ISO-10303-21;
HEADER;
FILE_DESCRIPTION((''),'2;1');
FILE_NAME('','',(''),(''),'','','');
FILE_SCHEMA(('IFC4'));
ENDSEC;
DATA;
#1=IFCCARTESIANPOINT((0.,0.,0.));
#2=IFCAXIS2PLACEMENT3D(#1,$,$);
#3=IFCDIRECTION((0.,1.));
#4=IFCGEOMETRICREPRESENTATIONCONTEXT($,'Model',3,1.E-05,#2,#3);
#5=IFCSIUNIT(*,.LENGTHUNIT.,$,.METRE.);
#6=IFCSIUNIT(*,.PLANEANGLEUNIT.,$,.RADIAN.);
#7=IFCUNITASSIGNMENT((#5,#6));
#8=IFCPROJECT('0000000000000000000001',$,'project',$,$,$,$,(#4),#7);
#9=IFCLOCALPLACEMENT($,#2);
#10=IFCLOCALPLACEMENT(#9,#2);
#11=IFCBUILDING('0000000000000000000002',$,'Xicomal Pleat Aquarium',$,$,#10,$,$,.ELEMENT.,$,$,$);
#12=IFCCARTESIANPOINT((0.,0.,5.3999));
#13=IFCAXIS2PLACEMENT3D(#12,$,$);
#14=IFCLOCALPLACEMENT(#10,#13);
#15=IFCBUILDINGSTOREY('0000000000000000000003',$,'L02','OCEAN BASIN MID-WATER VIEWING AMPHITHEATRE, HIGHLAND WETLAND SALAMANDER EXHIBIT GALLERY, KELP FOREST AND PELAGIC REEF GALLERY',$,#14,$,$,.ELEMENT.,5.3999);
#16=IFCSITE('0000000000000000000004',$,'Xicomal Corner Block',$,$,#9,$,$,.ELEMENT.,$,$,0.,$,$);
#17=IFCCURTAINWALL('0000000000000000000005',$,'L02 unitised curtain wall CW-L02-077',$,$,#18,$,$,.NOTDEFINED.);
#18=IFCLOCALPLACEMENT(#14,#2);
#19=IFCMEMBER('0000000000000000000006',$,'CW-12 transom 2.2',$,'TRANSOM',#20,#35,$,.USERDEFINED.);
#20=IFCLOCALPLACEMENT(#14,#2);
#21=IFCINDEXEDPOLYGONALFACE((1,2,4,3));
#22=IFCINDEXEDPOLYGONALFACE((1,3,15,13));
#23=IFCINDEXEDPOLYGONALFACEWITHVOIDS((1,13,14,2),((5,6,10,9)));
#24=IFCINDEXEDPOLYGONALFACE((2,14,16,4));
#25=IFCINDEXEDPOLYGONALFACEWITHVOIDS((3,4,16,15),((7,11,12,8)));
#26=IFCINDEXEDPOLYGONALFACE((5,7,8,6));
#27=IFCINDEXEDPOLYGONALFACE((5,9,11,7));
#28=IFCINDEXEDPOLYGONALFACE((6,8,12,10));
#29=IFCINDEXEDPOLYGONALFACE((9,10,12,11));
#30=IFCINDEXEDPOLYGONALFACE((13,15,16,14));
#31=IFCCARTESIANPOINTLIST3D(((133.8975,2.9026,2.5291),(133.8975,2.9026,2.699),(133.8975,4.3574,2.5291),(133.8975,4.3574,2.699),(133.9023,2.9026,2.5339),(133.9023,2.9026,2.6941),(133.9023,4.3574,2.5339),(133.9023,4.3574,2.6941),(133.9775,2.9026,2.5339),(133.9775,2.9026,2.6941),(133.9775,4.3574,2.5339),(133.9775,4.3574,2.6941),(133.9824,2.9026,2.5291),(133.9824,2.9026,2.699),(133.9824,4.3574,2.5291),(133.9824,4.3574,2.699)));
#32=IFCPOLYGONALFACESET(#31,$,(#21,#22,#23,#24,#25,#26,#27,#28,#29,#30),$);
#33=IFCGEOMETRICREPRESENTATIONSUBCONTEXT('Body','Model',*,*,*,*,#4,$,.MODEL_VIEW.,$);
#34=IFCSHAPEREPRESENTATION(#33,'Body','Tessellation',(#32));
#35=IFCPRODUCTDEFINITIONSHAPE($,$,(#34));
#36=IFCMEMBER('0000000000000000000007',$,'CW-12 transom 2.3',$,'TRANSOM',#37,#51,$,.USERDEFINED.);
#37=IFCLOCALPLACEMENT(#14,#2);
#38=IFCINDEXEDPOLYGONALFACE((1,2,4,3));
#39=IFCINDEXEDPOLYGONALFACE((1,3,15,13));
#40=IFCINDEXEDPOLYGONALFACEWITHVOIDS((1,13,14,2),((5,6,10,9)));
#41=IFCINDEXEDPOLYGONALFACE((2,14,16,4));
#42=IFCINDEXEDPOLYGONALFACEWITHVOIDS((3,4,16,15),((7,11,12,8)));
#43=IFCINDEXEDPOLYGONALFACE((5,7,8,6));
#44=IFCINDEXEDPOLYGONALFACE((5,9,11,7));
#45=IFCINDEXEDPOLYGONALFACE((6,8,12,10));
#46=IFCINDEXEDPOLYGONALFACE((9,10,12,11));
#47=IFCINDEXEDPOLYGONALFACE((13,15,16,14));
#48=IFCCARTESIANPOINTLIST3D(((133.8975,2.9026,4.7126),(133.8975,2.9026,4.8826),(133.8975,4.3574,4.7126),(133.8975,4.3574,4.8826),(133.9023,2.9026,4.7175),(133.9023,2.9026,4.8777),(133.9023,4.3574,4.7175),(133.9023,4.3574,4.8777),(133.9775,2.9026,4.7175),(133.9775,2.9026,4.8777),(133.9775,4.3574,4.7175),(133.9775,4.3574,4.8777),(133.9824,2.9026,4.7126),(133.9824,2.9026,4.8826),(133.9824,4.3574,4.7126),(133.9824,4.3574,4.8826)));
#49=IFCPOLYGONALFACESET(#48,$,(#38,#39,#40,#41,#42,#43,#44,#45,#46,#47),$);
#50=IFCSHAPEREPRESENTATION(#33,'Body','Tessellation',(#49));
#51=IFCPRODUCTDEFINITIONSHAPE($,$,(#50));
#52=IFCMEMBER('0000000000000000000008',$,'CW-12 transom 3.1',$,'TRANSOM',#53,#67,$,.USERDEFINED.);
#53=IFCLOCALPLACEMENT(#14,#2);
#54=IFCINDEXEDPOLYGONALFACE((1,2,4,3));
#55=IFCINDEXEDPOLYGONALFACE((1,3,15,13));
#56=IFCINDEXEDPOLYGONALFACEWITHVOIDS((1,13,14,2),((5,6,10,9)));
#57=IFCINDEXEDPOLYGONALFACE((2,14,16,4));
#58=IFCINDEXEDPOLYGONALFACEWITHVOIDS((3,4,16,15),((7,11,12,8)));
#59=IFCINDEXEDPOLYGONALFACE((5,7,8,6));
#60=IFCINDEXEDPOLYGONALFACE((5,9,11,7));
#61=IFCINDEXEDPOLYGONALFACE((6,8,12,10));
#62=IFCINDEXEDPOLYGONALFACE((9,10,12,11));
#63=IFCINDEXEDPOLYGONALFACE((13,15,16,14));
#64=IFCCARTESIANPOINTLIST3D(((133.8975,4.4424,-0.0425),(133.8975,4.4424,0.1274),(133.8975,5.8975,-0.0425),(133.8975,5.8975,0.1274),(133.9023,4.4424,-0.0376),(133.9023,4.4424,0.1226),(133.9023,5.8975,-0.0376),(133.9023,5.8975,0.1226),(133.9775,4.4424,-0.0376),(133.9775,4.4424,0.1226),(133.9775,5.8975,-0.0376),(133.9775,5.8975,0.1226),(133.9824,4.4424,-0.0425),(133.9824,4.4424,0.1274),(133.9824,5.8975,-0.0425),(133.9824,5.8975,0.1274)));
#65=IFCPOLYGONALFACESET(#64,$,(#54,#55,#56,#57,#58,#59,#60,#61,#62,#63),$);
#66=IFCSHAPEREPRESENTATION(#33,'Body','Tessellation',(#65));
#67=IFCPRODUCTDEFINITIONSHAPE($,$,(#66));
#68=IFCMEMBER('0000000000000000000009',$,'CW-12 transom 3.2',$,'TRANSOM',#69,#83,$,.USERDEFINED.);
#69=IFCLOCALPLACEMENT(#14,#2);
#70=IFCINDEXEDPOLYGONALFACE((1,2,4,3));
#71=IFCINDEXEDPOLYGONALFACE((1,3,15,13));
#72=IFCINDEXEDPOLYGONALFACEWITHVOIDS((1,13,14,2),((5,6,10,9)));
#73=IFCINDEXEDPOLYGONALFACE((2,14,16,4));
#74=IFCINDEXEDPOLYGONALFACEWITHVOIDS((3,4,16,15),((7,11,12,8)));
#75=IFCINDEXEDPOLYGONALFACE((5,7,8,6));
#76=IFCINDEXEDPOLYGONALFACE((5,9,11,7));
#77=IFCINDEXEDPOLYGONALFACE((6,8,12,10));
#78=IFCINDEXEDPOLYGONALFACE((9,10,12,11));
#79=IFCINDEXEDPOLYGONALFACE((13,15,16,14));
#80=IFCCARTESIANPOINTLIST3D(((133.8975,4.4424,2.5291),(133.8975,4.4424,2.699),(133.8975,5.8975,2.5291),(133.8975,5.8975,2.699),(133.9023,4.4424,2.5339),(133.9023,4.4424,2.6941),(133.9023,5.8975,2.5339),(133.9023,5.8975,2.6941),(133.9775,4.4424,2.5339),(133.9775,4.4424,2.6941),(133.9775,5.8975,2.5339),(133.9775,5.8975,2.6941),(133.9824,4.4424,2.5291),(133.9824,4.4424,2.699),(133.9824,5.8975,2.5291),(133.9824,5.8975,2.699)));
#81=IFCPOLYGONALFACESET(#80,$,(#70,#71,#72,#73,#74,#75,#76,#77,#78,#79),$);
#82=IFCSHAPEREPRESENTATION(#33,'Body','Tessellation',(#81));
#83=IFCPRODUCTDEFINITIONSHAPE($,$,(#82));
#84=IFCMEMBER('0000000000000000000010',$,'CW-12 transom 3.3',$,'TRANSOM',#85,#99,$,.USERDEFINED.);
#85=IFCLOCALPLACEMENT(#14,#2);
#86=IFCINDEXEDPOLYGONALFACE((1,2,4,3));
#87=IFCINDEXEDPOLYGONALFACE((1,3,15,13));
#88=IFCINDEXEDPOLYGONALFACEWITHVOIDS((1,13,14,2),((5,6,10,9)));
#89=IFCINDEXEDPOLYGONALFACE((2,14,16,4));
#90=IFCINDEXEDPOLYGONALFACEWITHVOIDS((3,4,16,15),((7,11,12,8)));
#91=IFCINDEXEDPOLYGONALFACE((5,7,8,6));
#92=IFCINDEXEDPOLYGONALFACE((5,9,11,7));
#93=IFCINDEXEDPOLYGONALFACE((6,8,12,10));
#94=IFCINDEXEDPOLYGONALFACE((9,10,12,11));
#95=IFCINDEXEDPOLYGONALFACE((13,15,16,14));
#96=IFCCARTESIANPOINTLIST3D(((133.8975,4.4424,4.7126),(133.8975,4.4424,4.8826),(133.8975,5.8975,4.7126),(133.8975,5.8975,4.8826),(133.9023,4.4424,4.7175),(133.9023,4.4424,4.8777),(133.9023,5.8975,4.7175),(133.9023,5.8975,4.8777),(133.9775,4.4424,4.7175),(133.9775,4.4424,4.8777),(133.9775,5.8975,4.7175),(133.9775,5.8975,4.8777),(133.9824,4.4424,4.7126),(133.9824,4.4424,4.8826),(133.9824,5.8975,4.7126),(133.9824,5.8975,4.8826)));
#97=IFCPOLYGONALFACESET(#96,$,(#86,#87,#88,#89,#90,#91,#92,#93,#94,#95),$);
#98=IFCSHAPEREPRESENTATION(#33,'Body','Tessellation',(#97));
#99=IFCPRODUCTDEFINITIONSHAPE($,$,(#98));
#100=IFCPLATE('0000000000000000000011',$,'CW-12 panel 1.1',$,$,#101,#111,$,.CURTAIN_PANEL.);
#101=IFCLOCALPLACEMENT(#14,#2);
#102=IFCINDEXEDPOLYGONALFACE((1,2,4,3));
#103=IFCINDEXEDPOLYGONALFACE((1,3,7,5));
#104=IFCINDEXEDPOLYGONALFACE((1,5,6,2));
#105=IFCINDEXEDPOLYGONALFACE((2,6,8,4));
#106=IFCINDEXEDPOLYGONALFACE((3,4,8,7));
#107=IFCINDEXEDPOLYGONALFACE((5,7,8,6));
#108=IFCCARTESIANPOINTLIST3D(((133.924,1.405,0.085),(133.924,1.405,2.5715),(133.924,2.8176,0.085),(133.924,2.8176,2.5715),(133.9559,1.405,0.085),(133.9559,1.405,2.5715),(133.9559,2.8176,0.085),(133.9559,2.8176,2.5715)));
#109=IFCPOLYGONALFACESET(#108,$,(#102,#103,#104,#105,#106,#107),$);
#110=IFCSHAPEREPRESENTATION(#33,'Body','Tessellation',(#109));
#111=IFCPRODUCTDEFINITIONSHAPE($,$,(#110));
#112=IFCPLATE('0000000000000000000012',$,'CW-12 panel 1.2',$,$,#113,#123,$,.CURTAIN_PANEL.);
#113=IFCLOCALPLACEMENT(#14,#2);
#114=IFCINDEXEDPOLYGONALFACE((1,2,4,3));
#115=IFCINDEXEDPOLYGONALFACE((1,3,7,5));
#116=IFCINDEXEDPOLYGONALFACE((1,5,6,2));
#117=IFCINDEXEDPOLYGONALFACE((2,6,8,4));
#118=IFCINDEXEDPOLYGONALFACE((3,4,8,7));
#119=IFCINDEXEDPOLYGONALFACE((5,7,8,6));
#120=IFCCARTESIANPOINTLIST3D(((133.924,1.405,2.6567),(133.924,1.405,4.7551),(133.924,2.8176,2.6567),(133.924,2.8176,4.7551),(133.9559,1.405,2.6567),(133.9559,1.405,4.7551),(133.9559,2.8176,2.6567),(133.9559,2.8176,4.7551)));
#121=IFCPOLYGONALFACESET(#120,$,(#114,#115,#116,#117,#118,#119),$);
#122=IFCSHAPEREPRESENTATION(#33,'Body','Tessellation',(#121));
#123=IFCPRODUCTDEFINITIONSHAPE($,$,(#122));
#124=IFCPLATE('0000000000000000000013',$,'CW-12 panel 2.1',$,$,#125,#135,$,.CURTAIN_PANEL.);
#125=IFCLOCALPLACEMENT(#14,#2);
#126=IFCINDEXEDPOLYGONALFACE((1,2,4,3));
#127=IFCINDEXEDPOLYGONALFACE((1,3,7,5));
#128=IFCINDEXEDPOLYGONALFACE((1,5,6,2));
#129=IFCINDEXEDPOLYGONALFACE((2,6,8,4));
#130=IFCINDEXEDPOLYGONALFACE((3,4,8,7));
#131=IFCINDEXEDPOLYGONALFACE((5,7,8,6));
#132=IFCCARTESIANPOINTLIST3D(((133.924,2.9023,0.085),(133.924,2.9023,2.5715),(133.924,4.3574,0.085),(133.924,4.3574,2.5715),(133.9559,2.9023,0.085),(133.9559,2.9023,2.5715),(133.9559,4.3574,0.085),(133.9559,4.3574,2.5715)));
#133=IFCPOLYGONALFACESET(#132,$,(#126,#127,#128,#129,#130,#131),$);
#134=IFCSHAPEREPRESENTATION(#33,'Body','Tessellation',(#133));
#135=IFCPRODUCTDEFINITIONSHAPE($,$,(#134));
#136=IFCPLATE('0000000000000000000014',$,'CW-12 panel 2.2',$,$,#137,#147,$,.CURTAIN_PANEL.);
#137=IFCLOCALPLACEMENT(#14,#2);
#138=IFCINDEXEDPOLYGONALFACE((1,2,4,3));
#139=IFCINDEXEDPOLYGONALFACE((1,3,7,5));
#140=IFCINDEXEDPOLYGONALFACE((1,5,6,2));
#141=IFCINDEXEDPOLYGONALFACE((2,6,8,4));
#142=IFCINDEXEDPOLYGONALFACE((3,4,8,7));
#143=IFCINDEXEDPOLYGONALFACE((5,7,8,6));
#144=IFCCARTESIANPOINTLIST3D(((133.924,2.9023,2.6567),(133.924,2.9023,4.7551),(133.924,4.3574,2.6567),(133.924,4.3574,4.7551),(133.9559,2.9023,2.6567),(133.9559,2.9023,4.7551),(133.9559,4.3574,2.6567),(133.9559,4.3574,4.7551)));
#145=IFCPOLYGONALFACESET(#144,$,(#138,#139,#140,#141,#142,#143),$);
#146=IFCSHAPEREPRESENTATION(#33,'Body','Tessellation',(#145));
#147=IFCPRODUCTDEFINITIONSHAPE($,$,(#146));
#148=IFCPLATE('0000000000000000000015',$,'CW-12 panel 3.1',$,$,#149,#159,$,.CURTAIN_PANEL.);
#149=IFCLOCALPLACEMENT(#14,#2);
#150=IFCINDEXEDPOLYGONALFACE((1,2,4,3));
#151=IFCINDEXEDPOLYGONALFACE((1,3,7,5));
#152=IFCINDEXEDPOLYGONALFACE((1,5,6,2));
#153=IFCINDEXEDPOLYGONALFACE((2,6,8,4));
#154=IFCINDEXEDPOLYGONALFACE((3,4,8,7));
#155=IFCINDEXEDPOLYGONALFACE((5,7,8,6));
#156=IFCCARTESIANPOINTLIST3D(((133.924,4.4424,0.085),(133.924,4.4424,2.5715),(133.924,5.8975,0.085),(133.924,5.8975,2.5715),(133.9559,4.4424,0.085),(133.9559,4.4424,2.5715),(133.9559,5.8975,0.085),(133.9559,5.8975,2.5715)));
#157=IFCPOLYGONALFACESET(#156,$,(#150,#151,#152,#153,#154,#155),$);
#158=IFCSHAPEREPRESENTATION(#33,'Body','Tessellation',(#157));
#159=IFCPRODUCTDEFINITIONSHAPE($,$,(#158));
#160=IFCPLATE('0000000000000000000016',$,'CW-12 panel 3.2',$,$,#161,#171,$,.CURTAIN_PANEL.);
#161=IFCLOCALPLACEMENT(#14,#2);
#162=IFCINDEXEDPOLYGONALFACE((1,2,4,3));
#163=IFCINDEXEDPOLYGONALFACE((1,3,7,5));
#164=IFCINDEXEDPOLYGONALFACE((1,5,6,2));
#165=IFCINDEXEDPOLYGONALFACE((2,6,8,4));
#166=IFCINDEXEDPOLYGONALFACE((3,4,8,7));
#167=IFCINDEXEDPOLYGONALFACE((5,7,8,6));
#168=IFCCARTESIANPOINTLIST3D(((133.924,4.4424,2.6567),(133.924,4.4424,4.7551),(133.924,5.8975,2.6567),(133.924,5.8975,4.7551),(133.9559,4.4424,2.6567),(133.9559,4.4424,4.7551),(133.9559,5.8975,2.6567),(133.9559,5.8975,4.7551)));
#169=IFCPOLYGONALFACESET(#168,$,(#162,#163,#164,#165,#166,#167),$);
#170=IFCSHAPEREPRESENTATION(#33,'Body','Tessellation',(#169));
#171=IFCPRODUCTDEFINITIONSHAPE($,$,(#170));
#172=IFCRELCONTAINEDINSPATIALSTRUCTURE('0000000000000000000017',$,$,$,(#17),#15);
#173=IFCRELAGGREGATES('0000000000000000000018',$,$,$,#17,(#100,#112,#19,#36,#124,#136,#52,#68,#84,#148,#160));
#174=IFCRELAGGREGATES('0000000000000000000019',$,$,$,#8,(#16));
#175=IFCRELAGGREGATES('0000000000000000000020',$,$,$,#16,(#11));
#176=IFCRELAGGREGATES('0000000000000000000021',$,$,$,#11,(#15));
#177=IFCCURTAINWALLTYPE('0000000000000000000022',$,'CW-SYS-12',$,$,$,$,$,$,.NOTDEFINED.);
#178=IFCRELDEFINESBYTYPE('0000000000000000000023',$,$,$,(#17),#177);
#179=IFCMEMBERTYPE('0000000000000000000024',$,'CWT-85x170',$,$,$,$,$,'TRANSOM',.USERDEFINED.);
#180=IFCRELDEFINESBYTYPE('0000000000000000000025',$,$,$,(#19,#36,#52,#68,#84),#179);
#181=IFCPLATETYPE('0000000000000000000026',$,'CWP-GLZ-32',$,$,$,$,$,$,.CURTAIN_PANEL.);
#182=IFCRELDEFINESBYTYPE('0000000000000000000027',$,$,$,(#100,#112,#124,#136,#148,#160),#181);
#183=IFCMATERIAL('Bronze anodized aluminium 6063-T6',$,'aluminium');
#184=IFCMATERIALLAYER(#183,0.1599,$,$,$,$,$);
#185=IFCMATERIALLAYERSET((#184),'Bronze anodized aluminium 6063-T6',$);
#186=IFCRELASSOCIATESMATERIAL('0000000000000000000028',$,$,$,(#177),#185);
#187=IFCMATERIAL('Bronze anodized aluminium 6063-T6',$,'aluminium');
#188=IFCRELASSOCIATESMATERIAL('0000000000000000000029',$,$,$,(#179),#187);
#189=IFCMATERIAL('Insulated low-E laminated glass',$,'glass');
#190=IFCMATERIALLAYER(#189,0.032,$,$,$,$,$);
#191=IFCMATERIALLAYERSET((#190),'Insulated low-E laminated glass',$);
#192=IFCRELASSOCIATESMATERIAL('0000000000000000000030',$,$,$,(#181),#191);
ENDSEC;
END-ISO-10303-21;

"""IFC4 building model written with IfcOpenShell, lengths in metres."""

from ifc_helpers import new_model, si_unit, direction, frame, origin, origin_2d, place, context, subcontext, project, spatial, rectangle, hollow_rectangle, extrude, material, layer, layer_set, material_profile, profile_set, type_object, element, aggregate, save


model = new_model("IFC4")

# Units and contexts
model_context = context("Model", 3, precision=1e-05, world=origin(), true_north=direction((0.0, 1.0)))
body_context = subcontext(model_context, "Body", "Model", "MODEL_VIEW")
ifc_project = project(units=[si_unit("LENGTHUNIT", "METRE"), si_unit("PLANEANGLEUNIT", "RADIAN")], contexts=[model_context])

# Site, building, storey
site_placement = place(None, origin())
site = spatial("IfcSite", under=ifc_project, at=site_placement, Name="Xicomal Corner Block", CompositionType="ELEMENT", RefElevation=0.0)
building_placement = place(site_placement, origin())
building = spatial("IfcBuilding", under=site, at=building_placement, Name="Xicomal Pleat Aquarium", CompositionType="ELEMENT")
storey_placement = place(building_placement, frame((0.0, 0.0, 5.3999)))
storey = spatial("IfcBuildingStorey", under=building, at=storey_placement, Name="L02", Description="OCEAN BASIN MID-WATER VIEWING AMPHITHEATRE, HIGHLAND WETLAND SALAMANDER EXHIBIT GALLERY, KELP FOREST AND PELAGIC REEF GALLERY", CompositionType="ELEMENT", Elevation=5.3999)

# Curtain wall, members, plates
ifc_material_1 = material(Name="Bronze anodized aluminium 6063-T6", Category="aluminium")
ifc_layer_1 = layer(ifc_material_1, 0.1599)
ifc_layer_set_1 = layer_set([ifc_layer_1], Name="Bronze anodized aluminium 6063-T6")
curtain_wall_type = type_object("IfcCurtainWallType", Name="CW-SYS-12", PredefinedType="NOTDEFINED", material=ifc_layer_set_1)
curtain_wall_placement = place(storey_placement, origin())
curtain_wall = element("IfcCurtainWall", 1, at=curtain_wall_placement, inside=storey, type_object=curtain_wall_type, Name="L02 unitised curtain wall CW-L02-077", PredefinedType="NOTDEFINED")
ifc_material_2 = material(Name="Bronze anodized aluminium 6063-T6", Category="aluminium")
ifc_material_profile_1 = material_profile(ifc_material_2, hollow_rectangle(XDim=0.085, YDim=0.1699, WallThickness=0.0049, at=origin_2d()), Name="ALU TRAN 85x170")
ifc_profile_set_1 = profile_set([ifc_material_profile_1], Name="Bronze anodized aluminium 6063-T6")
member_type_1 = type_object("IfcMemberType", Name="CWT-85x170", ElementType="TRANSOM", PredefinedType="USERDEFINED", material=ifc_profile_set_1)
member_1_placement = place(storey_placement, frame((133.9399, 2.9026, 2.614), z_axis=(0.0, 1.0, 0.0), x_axis=(-1.0, 0.0, 0.0)))
member_1 = element("IfcMember", 2, at=member_1_placement, type_object=member_type_1, Name="CW-12 transom 2.2", ObjectType="TRANSOM", PredefinedType="USERDEFINED", context=body_context, shape_type="SweptSolid", body=[
    extrude(hollow_rectangle(XDim=0.085, YDim=0.1699, WallThickness=0.0049, at=origin_2d()), origin(), (0.0, 0.0, 1.0), 1.4548),
])
member_2_placement = place(storey_placement, frame((133.9399, 2.9026, 4.7976), z_axis=(0.0, 1.0, 0.0), x_axis=(-1.0, 0.0, 0.0)))
member_2 = element("IfcMember", 3, at=member_2_placement, type_object=member_type_1, Name="CW-12 transom 2.3", ObjectType="TRANSOM", PredefinedType="USERDEFINED", context=body_context, shape_type="SweptSolid", body=[
    extrude(hollow_rectangle(XDim=0.085, YDim=0.1699, WallThickness=0.0049, at=origin_2d()), origin(), (0.0, 0.0, 1.0), 1.4548),
])
member_3_placement = place(storey_placement, frame((133.9399, 4.4424, 0.0425), z_axis=(0.0, 1.0, 0.0), x_axis=(-1.0, 0.0, 0.0)))
member_3 = element("IfcMember", 4, at=member_3_placement, type_object=member_type_1, Name="CW-12 transom 3.1", ObjectType="TRANSOM", PredefinedType="USERDEFINED", context=body_context, shape_type="SweptSolid", body=[
    extrude(hollow_rectangle(XDim=0.085, YDim=0.1699, WallThickness=0.0049, at=origin_2d()), origin(), (0.0, 0.0, 1.0), 1.4551),
])
member_4_placement = place(storey_placement, frame((133.9399, 4.4424, 2.614), z_axis=(0.0, 1.0, 0.0), x_axis=(-1.0, 0.0, 0.0)))
member_4 = element("IfcMember", 5, at=member_4_placement, type_object=member_type_1, Name="CW-12 transom 3.2", ObjectType="TRANSOM", PredefinedType="USERDEFINED", context=body_context, shape_type="SweptSolid", body=[
    extrude(hollow_rectangle(XDim=0.085, YDim=0.1699, WallThickness=0.0049, at=origin_2d()), origin(), (0.0, 0.0, 1.0), 1.4551),
])
member_5_placement = place(storey_placement, frame((133.9399, 4.4424, 4.7976), z_axis=(0.0, 1.0, 0.0), x_axis=(-1.0, 0.0, 0.0)))
member_5 = element("IfcMember", 6, at=member_5_placement, type_object=member_type_1, Name="CW-12 transom 3.3", ObjectType="TRANSOM", PredefinedType="USERDEFINED", context=body_context, shape_type="SweptSolid", body=[
    extrude(hollow_rectangle(XDim=0.085, YDim=0.1699, WallThickness=0.0049, at=origin_2d()), origin(), (0.0, 0.0, 1.0), 1.4551),
])
ifc_material_3 = material(Name="Insulated low-E laminated glass", Category="glass")
ifc_layer_2 = layer(ifc_material_3, 0.032)
ifc_layer_set_2 = layer_set([ifc_layer_2], Name="Insulated low-E laminated glass")
plate_type = type_object("IfcPlateType", Name="CWP-GLZ-32", PredefinedType="CURTAIN_PANEL", material=ifc_layer_set_2)
plate_1_placement = place(storey_placement, frame((133.9399, 2.1113, 0.085), z_axis=(0.0, 0.0, 1.0), x_axis=(0.0, 1.0, 0.0)))
plate_1 = element("IfcPlate", 7, at=plate_1_placement, type_object=plate_type, Name="CW-12 panel 1.1", PredefinedType="CURTAIN_PANEL", context=body_context, shape_type="SweptSolid", body=[
    extrude(rectangle(XDim=1.4126, YDim=0.032, at=origin_2d()), origin(), (0.0, 0.0, 1.0), 2.4866),
])
plate_2_placement = place(storey_placement, frame((133.9399, 2.1113, 2.6567), z_axis=(0.0, 0.0, 1.0), x_axis=(0.0, 1.0, 0.0)))
plate_2 = element("IfcPlate", 8, at=plate_2_placement, type_object=plate_type, Name="CW-12 panel 1.2", PredefinedType="CURTAIN_PANEL", context=body_context, shape_type="SweptSolid", body=[
    extrude(rectangle(XDim=1.4126, YDim=0.032, at=origin_2d()), origin(), (0.0, 0.0, 1.0), 2.0984),
])
plate_3_placement = place(storey_placement, frame((133.9399, 3.6299, 0.085), z_axis=(0.0, 0.0, 1.0), x_axis=(0.0, 1.0, 0.0)))
plate_3 = element("IfcPlate", 9, at=plate_3_placement, type_object=plate_type, Name="CW-12 panel 2.1", PredefinedType="CURTAIN_PANEL", context=body_context, shape_type="SweptSolid", body=[
    extrude(rectangle(XDim=1.4551, YDim=0.032, at=origin_2d()), origin(), (0.0, 0.0, 1.0), 2.4866),
])
plate_4_placement = place(storey_placement, frame((133.9399, 3.6299, 2.6567), z_axis=(0.0, 0.0, 1.0), x_axis=(0.0, 1.0, 0.0)))
plate_4 = element("IfcPlate", 10, at=plate_4_placement, type_object=plate_type, Name="CW-12 panel 2.2", PredefinedType="CURTAIN_PANEL", context=body_context, shape_type="SweptSolid", body=[
    extrude(rectangle(XDim=1.4551, YDim=0.032, at=origin_2d()), origin(), (0.0, 0.0, 1.0), 2.0984),
])
plate_5_placement = place(storey_placement, frame((133.9399, 5.1699, 0.085), z_axis=(0.0, 0.0, 1.0), x_axis=(0.0, 1.0, 0.0)))
plate_5 = element("IfcPlate", 11, at=plate_5_placement, type_object=plate_type, Name="CW-12 panel 3.1", PredefinedType="CURTAIN_PANEL", context=body_context, shape_type="SweptSolid", body=[
    extrude(rectangle(XDim=1.4551, YDim=0.032, at=origin_2d()), origin(), (0.0, 0.0, 1.0), 2.4866),
])
plate_6_placement = place(storey_placement, frame((133.9399, 5.1699, 2.6567), z_axis=(0.0, 0.0, 1.0), x_axis=(0.0, 1.0, 0.0)))
plate_6 = element("IfcPlate", 12, at=plate_6_placement, type_object=plate_type, Name="CW-12 panel 3.2", PredefinedType="CURTAIN_PANEL", context=body_context, shape_type="SweptSolid", body=[
    extrude(rectangle(XDim=1.4551, YDim=0.032, at=origin_2d()), origin(), (0.0, 0.0, 1.0), 2.0984),
])
aggregate(curtain_wall, [plate_1, plate_2, member_1, member_2, plate_3, plate_4, member_3, member_4, member_5, plate_5, plate_6])

save(model, "model.ifc")
